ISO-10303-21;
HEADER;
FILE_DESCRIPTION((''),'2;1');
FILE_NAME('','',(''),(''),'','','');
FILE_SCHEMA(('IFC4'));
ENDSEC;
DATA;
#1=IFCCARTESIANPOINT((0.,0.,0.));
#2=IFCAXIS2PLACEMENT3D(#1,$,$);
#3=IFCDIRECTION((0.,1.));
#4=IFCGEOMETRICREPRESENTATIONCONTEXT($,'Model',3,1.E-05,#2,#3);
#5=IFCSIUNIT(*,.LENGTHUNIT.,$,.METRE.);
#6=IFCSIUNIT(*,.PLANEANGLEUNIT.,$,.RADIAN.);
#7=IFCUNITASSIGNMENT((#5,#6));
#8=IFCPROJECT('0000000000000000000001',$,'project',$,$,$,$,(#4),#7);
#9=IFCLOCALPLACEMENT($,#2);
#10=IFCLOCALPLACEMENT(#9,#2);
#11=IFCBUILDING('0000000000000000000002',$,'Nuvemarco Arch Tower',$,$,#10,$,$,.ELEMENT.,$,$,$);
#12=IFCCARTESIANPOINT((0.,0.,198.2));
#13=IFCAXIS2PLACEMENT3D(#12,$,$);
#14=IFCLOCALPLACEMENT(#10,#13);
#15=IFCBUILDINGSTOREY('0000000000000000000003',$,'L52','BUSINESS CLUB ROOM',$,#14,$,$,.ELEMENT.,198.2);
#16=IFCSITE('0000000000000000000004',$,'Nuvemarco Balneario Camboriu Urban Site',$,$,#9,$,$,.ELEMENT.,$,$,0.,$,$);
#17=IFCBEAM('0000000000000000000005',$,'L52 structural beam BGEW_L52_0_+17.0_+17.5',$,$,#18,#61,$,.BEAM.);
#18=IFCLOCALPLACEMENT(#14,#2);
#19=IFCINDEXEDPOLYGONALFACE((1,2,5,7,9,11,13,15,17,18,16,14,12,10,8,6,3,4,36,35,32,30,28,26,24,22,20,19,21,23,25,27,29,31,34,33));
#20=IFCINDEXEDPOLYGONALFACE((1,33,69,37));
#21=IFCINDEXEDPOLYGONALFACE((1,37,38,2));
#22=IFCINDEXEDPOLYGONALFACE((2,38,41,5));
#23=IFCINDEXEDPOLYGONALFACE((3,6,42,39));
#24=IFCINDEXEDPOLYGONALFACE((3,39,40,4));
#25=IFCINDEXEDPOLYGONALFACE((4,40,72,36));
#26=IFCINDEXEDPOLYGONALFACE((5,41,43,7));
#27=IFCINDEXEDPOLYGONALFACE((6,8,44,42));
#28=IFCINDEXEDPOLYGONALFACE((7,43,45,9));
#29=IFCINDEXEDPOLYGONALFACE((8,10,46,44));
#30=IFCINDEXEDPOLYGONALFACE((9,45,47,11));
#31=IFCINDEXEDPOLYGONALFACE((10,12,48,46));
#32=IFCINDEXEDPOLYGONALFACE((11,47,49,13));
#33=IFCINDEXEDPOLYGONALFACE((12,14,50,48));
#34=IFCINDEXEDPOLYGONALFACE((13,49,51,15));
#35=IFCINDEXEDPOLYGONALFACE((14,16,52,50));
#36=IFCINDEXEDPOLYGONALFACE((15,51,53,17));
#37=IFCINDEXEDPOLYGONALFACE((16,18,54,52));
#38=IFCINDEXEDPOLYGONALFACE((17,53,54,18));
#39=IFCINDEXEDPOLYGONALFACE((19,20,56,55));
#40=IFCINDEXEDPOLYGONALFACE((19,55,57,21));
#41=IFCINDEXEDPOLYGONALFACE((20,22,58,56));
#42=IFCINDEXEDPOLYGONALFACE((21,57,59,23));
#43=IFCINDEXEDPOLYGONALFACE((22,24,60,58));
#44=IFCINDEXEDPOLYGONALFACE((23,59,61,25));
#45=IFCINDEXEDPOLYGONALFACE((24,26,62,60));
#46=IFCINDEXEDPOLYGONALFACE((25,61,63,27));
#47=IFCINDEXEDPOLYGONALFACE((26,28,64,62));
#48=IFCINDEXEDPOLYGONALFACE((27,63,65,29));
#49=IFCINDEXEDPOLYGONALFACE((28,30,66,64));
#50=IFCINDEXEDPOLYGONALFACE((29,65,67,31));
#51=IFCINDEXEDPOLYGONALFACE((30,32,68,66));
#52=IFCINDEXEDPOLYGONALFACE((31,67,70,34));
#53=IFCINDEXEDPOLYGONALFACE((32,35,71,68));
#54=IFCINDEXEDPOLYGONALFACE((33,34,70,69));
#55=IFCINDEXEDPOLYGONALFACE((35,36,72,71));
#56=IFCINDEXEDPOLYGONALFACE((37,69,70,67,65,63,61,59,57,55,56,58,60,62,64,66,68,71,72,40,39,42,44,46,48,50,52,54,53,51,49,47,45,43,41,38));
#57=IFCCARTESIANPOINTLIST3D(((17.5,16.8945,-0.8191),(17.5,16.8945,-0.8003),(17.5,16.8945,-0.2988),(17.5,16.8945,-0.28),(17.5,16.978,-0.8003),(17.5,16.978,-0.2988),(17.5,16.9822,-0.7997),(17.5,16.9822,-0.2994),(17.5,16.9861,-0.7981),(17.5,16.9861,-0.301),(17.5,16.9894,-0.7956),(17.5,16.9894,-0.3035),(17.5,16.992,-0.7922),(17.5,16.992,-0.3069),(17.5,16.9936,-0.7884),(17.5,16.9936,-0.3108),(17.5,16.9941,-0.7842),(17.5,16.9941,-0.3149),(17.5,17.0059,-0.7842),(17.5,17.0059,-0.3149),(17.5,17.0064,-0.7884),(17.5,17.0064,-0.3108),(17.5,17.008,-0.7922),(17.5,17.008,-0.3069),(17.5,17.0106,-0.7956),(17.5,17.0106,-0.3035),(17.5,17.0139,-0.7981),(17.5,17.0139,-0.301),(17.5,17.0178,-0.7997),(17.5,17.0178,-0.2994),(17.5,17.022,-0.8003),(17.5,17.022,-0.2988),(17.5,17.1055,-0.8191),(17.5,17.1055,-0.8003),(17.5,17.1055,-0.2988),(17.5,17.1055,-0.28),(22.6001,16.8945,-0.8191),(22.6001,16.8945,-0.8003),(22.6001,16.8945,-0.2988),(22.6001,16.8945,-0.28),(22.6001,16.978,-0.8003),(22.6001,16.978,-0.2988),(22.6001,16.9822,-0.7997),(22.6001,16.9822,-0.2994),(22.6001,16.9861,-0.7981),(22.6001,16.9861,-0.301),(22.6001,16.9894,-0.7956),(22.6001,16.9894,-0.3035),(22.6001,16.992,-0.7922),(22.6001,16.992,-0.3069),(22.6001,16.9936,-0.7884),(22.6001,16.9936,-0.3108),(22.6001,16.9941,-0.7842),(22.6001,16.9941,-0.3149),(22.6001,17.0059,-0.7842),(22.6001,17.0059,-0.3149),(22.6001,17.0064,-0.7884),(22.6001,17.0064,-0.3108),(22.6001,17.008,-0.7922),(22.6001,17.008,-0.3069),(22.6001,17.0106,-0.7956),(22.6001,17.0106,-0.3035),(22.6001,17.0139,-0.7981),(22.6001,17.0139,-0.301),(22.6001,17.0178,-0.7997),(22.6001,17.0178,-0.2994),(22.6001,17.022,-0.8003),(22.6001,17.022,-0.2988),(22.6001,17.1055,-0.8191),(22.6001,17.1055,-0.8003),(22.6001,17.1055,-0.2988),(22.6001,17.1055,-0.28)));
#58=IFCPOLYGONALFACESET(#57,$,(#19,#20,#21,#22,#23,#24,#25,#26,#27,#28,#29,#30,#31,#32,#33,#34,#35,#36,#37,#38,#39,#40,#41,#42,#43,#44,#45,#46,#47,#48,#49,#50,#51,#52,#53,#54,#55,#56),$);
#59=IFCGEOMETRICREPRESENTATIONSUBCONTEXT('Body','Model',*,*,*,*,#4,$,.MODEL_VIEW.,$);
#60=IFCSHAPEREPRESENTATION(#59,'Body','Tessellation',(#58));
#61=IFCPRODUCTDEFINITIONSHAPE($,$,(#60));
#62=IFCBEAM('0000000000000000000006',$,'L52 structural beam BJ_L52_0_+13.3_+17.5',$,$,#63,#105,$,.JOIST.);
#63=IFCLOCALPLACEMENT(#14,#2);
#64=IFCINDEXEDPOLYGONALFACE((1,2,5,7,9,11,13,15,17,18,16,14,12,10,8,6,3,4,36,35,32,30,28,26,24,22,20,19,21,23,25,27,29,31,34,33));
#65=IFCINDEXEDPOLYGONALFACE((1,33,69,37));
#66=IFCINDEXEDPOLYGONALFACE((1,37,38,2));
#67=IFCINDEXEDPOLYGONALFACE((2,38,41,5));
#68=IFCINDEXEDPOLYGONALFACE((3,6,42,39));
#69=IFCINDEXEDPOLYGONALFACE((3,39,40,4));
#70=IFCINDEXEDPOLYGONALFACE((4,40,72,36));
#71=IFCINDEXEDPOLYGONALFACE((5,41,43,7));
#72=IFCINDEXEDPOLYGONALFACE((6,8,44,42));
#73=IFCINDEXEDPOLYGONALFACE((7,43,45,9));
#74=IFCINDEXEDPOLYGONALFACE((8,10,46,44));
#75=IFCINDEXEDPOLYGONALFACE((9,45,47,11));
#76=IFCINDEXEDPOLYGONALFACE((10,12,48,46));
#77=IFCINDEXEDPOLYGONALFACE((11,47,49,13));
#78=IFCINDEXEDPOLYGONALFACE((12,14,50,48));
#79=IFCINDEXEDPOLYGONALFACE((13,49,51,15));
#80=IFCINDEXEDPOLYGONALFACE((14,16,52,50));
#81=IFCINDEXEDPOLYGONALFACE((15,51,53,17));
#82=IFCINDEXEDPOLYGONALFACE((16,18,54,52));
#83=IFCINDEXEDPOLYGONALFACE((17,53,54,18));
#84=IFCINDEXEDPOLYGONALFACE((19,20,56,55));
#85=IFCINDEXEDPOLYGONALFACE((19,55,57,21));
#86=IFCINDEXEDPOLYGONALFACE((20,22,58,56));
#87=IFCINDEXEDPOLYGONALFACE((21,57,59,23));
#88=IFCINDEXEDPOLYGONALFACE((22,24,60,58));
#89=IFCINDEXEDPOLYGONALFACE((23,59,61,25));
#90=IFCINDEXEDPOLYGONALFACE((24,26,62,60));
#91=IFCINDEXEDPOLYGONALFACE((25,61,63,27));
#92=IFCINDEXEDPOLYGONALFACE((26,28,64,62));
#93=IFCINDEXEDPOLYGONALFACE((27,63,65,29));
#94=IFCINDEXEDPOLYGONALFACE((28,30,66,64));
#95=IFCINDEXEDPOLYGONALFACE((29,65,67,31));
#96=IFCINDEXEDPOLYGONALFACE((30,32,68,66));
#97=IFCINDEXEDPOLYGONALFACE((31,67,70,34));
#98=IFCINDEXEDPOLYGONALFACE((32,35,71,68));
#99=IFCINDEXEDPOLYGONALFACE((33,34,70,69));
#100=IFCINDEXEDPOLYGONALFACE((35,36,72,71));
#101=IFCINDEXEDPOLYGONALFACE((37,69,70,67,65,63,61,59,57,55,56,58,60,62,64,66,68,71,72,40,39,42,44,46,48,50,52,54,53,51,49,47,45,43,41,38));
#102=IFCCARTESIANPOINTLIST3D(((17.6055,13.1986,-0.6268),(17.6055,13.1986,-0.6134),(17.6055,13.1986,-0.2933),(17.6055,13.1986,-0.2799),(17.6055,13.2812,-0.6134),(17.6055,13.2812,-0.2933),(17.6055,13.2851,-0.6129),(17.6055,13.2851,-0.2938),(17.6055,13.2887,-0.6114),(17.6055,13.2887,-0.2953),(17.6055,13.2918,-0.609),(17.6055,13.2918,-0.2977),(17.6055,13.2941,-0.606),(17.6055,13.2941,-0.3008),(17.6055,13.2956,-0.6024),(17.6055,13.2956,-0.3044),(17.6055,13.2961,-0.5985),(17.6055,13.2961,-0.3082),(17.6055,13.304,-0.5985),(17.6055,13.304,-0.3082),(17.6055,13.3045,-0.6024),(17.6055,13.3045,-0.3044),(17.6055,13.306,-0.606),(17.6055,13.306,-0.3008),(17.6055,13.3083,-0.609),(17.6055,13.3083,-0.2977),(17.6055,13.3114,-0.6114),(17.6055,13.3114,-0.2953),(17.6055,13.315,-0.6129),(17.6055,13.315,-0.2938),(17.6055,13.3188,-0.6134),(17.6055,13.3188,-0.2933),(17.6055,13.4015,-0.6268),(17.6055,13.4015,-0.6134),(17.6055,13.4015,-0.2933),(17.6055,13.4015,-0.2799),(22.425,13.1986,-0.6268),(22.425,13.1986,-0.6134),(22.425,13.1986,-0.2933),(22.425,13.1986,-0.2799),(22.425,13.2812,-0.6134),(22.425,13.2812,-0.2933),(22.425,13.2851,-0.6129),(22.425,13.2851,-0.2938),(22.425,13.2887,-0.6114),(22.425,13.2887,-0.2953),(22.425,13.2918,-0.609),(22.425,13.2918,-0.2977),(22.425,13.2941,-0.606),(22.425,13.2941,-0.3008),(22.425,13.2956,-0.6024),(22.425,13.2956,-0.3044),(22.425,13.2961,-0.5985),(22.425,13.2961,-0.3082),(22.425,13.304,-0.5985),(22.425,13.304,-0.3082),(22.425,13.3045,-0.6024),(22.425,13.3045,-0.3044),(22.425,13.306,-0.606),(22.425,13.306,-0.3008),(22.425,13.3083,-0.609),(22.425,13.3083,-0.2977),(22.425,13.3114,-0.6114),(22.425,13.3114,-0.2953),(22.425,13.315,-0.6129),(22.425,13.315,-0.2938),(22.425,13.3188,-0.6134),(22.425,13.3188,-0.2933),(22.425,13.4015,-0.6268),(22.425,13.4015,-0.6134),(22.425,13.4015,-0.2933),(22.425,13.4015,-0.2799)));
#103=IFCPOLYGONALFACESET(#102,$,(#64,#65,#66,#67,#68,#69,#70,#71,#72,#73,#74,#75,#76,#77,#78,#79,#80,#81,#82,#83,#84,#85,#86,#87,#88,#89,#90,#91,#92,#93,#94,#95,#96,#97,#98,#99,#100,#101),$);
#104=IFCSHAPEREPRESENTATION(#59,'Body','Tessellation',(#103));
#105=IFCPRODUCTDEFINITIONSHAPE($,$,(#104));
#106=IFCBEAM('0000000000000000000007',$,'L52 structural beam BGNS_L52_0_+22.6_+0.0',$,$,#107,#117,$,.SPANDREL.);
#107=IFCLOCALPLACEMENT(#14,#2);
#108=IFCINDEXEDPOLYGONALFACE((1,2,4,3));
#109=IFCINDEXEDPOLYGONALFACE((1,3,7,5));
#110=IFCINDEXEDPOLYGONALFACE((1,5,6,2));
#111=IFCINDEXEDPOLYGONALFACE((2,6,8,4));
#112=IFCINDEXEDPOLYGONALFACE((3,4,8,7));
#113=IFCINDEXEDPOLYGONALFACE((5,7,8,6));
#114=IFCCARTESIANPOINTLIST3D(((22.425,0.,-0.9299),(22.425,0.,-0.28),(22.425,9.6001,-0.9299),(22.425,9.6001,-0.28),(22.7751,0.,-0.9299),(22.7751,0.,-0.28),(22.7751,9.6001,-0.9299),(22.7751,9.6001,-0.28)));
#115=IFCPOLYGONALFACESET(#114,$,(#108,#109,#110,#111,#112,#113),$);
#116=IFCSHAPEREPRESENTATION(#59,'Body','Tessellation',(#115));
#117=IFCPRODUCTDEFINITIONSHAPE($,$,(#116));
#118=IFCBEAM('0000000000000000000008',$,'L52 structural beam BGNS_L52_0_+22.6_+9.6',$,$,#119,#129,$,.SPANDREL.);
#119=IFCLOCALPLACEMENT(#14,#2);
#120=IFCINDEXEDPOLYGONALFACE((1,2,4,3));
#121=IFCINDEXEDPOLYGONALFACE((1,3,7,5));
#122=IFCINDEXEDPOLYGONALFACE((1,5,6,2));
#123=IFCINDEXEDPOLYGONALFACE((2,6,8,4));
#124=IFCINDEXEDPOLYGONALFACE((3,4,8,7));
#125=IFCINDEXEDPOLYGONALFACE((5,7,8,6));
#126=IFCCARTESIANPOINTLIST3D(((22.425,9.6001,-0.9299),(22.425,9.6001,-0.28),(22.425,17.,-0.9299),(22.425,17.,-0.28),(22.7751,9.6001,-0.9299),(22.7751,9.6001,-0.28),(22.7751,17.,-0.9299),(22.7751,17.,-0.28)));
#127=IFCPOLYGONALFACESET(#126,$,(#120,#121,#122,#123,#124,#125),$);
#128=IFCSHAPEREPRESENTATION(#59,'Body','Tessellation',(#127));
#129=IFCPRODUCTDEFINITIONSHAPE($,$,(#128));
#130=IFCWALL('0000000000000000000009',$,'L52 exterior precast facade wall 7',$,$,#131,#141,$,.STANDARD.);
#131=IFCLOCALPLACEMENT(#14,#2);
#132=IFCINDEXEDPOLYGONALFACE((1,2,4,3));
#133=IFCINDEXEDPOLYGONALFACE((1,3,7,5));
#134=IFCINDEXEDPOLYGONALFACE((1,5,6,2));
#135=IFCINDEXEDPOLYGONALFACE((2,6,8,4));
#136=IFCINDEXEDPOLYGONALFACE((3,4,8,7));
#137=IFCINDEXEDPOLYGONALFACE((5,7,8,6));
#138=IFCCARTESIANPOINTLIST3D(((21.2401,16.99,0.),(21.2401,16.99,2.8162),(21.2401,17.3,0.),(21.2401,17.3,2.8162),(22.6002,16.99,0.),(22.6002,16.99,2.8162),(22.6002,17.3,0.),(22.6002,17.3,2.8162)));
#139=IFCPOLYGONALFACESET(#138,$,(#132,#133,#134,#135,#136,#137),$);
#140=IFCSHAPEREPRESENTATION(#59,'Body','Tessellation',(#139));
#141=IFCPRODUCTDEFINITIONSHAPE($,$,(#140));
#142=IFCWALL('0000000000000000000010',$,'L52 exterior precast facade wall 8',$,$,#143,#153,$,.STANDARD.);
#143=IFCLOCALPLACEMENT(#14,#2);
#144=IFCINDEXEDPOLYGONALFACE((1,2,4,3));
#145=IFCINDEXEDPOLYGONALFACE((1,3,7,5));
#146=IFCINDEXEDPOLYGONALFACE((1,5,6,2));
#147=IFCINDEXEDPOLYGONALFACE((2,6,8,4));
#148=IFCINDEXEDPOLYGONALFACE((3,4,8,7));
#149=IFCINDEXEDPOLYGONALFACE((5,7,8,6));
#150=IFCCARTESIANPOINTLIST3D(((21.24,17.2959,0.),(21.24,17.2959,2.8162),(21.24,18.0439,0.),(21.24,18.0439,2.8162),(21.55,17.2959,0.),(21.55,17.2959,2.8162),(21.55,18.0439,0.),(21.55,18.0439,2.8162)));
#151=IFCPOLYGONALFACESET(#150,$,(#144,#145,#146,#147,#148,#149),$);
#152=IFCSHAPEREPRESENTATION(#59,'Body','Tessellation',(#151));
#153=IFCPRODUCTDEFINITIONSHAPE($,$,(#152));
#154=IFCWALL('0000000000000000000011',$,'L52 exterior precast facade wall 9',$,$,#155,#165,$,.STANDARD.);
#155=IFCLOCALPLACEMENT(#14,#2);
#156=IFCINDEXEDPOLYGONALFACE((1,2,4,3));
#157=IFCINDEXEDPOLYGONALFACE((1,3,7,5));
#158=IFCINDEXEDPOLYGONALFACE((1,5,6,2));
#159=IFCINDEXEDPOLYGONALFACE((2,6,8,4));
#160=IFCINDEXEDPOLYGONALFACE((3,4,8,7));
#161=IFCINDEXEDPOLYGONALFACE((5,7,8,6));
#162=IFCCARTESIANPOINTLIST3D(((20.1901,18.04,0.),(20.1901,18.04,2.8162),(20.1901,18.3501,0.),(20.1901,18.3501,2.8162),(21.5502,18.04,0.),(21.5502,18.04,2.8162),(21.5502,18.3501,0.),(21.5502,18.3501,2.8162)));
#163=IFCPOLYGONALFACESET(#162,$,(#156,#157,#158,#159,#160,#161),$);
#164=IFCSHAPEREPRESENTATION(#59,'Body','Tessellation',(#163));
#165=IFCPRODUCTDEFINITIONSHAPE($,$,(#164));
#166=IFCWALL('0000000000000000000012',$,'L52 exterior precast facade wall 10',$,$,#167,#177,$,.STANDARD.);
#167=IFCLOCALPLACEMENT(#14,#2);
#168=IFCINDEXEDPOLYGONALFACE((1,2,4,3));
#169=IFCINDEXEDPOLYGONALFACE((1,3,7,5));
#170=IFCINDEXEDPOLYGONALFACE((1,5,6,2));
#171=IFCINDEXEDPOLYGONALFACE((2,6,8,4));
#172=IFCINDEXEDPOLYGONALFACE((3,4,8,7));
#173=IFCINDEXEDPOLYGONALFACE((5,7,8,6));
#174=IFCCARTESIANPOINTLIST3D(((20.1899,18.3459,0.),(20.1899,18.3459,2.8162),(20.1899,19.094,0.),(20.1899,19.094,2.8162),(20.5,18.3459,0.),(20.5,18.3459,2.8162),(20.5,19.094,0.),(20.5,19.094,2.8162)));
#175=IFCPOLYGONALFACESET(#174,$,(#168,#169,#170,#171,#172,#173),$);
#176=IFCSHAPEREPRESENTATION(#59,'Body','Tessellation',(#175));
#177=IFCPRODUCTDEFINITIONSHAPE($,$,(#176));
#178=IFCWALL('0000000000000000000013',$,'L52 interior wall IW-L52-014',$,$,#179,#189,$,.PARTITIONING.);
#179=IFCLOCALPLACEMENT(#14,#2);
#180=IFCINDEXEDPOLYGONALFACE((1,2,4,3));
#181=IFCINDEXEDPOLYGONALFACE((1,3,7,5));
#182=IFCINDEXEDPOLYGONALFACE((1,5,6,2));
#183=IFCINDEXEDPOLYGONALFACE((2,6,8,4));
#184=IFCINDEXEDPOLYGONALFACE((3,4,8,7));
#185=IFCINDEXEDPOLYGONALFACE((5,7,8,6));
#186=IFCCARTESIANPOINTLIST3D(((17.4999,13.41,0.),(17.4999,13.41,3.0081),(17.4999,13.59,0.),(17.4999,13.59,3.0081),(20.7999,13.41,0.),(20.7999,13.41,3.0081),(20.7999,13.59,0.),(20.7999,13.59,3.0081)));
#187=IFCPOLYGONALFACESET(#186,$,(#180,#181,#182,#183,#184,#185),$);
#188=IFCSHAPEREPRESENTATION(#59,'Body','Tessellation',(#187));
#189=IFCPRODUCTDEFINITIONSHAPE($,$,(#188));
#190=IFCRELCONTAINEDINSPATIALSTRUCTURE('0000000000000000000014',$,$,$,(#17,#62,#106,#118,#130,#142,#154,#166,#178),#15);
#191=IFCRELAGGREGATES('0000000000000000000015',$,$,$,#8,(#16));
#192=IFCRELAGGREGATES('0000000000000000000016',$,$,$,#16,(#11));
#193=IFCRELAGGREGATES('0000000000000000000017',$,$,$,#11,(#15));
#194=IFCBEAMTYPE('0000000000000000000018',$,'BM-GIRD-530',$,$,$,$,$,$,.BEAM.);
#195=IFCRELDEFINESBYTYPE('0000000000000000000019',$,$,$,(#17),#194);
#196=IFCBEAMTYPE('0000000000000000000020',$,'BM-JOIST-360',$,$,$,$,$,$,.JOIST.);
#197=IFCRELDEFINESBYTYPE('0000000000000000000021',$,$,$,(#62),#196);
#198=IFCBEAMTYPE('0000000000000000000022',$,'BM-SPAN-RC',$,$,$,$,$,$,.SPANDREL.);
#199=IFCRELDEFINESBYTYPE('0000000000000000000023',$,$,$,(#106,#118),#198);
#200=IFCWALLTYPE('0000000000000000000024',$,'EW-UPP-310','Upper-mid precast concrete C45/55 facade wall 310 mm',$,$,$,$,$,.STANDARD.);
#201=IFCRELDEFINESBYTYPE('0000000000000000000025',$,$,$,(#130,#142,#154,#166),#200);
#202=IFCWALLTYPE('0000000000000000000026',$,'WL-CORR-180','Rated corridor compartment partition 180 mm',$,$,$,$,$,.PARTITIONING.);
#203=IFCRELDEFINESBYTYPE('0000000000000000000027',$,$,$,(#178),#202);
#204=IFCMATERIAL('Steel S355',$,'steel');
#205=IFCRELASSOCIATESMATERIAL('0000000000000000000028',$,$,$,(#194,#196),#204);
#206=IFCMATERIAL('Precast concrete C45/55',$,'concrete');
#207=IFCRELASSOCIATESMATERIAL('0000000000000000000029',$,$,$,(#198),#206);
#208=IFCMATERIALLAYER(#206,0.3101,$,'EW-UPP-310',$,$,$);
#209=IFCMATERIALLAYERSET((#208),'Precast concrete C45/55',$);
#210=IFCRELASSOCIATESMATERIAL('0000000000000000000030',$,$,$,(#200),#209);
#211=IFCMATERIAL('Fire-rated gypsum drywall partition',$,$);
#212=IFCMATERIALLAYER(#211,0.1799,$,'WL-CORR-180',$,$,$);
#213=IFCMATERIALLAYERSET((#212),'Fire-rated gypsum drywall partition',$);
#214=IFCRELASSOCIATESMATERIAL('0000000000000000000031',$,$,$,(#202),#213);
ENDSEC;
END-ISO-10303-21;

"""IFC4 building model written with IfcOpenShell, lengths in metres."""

from ifc_helpers import new_model, si_unit, direction, frame, frame_2d, origin, origin_2d, place, context, subcontext, project, spatial, rectangle, i_section, extrude, material, layer, layer_set, material_profile, profile_set, type_object, element, save


model = new_model("IFC4")

# Units and contexts
model_context = context("Model", 3, precision=1e-05, world=origin(), true_north=direction((0.0, 1.0)))
body_context = subcontext(model_context, "Body", "Model", "MODEL_VIEW")
ifc_project = project(units=[si_unit("LENGTHUNIT", "METRE"), si_unit("PLANEANGLEUNIT", "RADIAN")], contexts=[model_context])

# Site, building, storey
site_placement = place(None, origin())
site = spatial("IfcSite", under=ifc_project, at=site_placement, Name="Nuvemarco Balneario Camboriu Urban Site", CompositionType="ELEMENT", RefElevation=0.0)
building_placement = place(site_placement, origin())
building = spatial("IfcBuilding", under=site, at=building_placement, Name="Nuvemarco Arch Tower", CompositionType="ELEMENT")
storey_placement = place(building_placement, frame((0.0, 0.0, 198.2)))
storey = spatial("IfcBuildingStorey", under=building, at=storey_placement, Name="L52", Description="BUSINESS CLUB ROOM", CompositionType="ELEMENT", Elevation=198.2)

# Shared definitions
ifc_material_1 = material(Name="Steel S355", Category="steel")

# Beams
ifc_material_profile_1 = material_profile(ifc_material_1, i_section(OverallWidth=0.2109, OverallDepth=0.5391, WebThickness=0.0117, FlangeThickness=0.0188, FilletRadius=0.0161, at=origin_2d()), Name="W530x109")
ifc_profile_set_1 = profile_set([ifc_material_profile_1], Name="Steel S355")
beam_type_1 = type_object("IfcBeamType", Name="BM-GIRD-530", PredefinedType="BEAM", material=ifc_profile_set_1)
for number, where, z_axis, x_axis, name in (
    (1, (17.5, 17.0, -0.5496), (1.0, 0.0, 0.0), (0.0, 1.0, 0.0), "L52 structural beam BGEW_L52_0_+17.0_+17.5"),
):
    element("IfcBeam", number, at=place(storey_placement, frame(where, z_axis=z_axis, x_axis=x_axis)), inside=storey, type_object=beam_type_1, Name=name, PredefinedType="BEAM", context=body_context, shape_type="SweptSolid", body=[
        extrude(i_section(OverallWidth=0.2109, OverallDepth=0.5391, WebThickness=0.0117, FlangeThickness=0.0188, FilletRadius=0.0161, at=origin_2d()), origin(), (0.0, 0.0, 1.0), 5.1001),
    ])
ifc_material_profile_2 = material_profile(ifc_material_1, i_section(OverallWidth=0.2029, OverallDepth=0.3469, WebThickness=0.0078, FlangeThickness=0.0134, FilletRadius=0.0149, at=origin_2d()), Name="W360x64")
ifc_profile_set_2 = profile_set([ifc_material_profile_2], Name="Steel S355")
beam_type_2 = type_object("IfcBeamType", Name="BM-JOIST-360", PredefinedType="JOIST", material=ifc_profile_set_2)
beam_1_placement = place(storey_placement, frame((17.6055, 13.3, -0.4534), z_axis=(1.0, 0.0, 0.0), x_axis=(0.0, 1.0, 0.0)))
element("IfcBeam", 2, at=beam_1_placement, inside=storey, type_object=beam_type_2, Name="L52 structural beam BJ_L52_0_+13.3_+17.5", PredefinedType="JOIST", context=body_context, shape_type="SweptSolid", body=[
    extrude(i_section(OverallWidth=0.2029, OverallDepth=0.3469, WebThickness=0.0078, FlangeThickness=0.0134, FilletRadius=0.0149, at=origin_2d()), origin(), (0.0, 0.0, 1.0), 4.8196),
])
ifc_material_2 = material(Name="Precast concrete C45/55", Category="concrete")
ifc_material_profile_3 = material_profile(ifc_material_2, rectangle(XDim=0.3501, YDim=0.6499, at=origin_2d()), Name="PC-SP-350x650")
ifc_profile_set_3 = profile_set([ifc_material_profile_3], Name="Precast concrete C45/55")
beam_type_3 = type_object("IfcBeamType", Name="BM-SPAN-RC", PredefinedType="SPANDREL", material=ifc_profile_set_3)
beam_2_placement = place(storey_placement, frame((22.6001, 0.0, -0.605), z_axis=(0.0, 1.0, 0.0), x_axis=(-1.0, 0.0, 0.0)))
element("IfcBeam", 3, at=beam_2_placement, inside=storey, type_object=beam_type_3, Name="L52 structural beam BGNS_L52_0_+22.6_+0.0", PredefinedType="SPANDREL", context=body_context, shape_type="SweptSolid", body=[
    extrude(rectangle(XDim=0.3501, YDim=0.6499, at=origin_2d()), origin(), (0.0, 0.0, 1.0), 9.6001),
])
beam_3_placement = place(storey_placement, frame((22.6001, 9.6001, -0.605), z_axis=(0.0, 1.0, 0.0), x_axis=(-1.0, 0.0, 0.0)))
element("IfcBeam", 4, at=beam_3_placement, inside=storey, type_object=beam_type_3, Name="L52 structural beam BGNS_L52_0_+22.6_+9.6", PredefinedType="SPANDREL", context=body_context, shape_type="SweptSolid", body=[
    extrude(rectangle(XDim=0.3501, YDim=0.6499, at=origin_2d()), origin(), (0.0, 0.0, 1.0), 7.3999),
])

# Walls
ifc_layer_1 = layer(ifc_material_2, 0.3101, Name="EW-UPP-310")
ifc_layer_set_1 = layer_set([ifc_layer_1], Name="Precast concrete C45/55")
wall_type_1 = type_object("IfcWallType", Name="EW-UPP-310", Description="Upper-mid precast concrete C45/55 facade wall 310 mm", PredefinedType="STANDARD", material=ifc_layer_set_1)
wall_1_placement = place(storey_placement, frame((21.24, 17.145, 0.0), z_axis=(0.0, 0.0, 1.0), x_axis=(1.0, 0.0, 0.0)))
element("IfcWall", 5, at=wall_1_placement, inside=storey, type_object=wall_type_1, Name="L52 exterior precast facade wall 7", PredefinedType="STANDARD", context=body_context, shape_type="SweptSolid", body=[
    extrude(rectangle(XDim=1.3601, YDim=0.3101, at=frame_2d((0.6802, 0.0))), origin(), (0.0, 0.0, 1.0), 2.8162),
])
wall_2_placement = place(storey_placement, frame((21.395, 17.2959, 0.0), z_axis=(0.0, 0.0, 1.0), x_axis=(0.0, 1.0, 0.0)))
element("IfcWall", 6, at=wall_2_placement, inside=storey, type_object=wall_type_1, Name="L52 exterior precast facade wall 8", PredefinedType="STANDARD", context=body_context, shape_type="SweptSolid", body=[
    extrude(rectangle(XDim=0.748, YDim=0.3101, at=frame_2d((0.374, 0.0))), origin(), (0.0, 0.0, 1.0), 2.8162),
])
wall_3_placement = place(storey_placement, frame((20.1899, 18.1951, 0.0), z_axis=(0.0, 0.0, 1.0), x_axis=(1.0, 0.0, 0.0)))
element("IfcWall", 7, at=wall_3_placement, inside=storey, type_object=wall_type_1, Name="L52 exterior precast facade wall 9", PredefinedType="STANDARD", context=body_context, shape_type="SweptSolid", body=[
    extrude(rectangle(XDim=1.3601, YDim=0.3101, at=frame_2d((0.6802, 0.0))), origin(), (0.0, 0.0, 1.0), 2.8162),
])
wall_4_placement = place(storey_placement, frame((20.345, 18.3459, 0.0), z_axis=(0.0, 0.0, 1.0), x_axis=(0.0, 1.0, 0.0)))
element("IfcWall", 8, at=wall_4_placement, inside=storey, type_object=wall_type_1, Name="L52 exterior precast facade wall 10", PredefinedType="STANDARD", context=body_context, shape_type="SweptSolid", body=[
    extrude(rectangle(XDim=0.748, YDim=0.3101, at=frame_2d((0.374, 0.0))), origin(), (0.0, 0.0, 1.0), 2.8162),
])
ifc_material_3 = material(Name="Fire-rated gypsum drywall partition")
ifc_layer_2 = layer(ifc_material_3, 0.1799, Name="WL-CORR-180")
ifc_layer_set_2 = layer_set([ifc_layer_2], Name="Fire-rated gypsum drywall partition")
wall_type_2 = type_object("IfcWallType", Name="WL-CORR-180", Description="Rated corridor compartment partition 180 mm", PredefinedType="PARTITIONING", material=ifc_layer_set_2)
wall_5_placement = place(storey_placement, frame((17.5, 13.5, 0.0), z_axis=(0.0, 0.0, 1.0), x_axis=(1.0, 0.0, 0.0)))
element("IfcWall", 9, at=wall_5_placement, inside=storey, type_object=wall_type_2, Name="L52 interior wall IW-L52-014", PredefinedType="PARTITIONING", context=body_context, shape_type="SweptSolid", body=[
    extrude(rectangle(XDim=3.3, YDim=0.1799, at=frame_2d((1.6499, 0.0))), origin(), (0.0, 0.0, 1.0), 3.0081),
])

save(model, "model.ifc")
